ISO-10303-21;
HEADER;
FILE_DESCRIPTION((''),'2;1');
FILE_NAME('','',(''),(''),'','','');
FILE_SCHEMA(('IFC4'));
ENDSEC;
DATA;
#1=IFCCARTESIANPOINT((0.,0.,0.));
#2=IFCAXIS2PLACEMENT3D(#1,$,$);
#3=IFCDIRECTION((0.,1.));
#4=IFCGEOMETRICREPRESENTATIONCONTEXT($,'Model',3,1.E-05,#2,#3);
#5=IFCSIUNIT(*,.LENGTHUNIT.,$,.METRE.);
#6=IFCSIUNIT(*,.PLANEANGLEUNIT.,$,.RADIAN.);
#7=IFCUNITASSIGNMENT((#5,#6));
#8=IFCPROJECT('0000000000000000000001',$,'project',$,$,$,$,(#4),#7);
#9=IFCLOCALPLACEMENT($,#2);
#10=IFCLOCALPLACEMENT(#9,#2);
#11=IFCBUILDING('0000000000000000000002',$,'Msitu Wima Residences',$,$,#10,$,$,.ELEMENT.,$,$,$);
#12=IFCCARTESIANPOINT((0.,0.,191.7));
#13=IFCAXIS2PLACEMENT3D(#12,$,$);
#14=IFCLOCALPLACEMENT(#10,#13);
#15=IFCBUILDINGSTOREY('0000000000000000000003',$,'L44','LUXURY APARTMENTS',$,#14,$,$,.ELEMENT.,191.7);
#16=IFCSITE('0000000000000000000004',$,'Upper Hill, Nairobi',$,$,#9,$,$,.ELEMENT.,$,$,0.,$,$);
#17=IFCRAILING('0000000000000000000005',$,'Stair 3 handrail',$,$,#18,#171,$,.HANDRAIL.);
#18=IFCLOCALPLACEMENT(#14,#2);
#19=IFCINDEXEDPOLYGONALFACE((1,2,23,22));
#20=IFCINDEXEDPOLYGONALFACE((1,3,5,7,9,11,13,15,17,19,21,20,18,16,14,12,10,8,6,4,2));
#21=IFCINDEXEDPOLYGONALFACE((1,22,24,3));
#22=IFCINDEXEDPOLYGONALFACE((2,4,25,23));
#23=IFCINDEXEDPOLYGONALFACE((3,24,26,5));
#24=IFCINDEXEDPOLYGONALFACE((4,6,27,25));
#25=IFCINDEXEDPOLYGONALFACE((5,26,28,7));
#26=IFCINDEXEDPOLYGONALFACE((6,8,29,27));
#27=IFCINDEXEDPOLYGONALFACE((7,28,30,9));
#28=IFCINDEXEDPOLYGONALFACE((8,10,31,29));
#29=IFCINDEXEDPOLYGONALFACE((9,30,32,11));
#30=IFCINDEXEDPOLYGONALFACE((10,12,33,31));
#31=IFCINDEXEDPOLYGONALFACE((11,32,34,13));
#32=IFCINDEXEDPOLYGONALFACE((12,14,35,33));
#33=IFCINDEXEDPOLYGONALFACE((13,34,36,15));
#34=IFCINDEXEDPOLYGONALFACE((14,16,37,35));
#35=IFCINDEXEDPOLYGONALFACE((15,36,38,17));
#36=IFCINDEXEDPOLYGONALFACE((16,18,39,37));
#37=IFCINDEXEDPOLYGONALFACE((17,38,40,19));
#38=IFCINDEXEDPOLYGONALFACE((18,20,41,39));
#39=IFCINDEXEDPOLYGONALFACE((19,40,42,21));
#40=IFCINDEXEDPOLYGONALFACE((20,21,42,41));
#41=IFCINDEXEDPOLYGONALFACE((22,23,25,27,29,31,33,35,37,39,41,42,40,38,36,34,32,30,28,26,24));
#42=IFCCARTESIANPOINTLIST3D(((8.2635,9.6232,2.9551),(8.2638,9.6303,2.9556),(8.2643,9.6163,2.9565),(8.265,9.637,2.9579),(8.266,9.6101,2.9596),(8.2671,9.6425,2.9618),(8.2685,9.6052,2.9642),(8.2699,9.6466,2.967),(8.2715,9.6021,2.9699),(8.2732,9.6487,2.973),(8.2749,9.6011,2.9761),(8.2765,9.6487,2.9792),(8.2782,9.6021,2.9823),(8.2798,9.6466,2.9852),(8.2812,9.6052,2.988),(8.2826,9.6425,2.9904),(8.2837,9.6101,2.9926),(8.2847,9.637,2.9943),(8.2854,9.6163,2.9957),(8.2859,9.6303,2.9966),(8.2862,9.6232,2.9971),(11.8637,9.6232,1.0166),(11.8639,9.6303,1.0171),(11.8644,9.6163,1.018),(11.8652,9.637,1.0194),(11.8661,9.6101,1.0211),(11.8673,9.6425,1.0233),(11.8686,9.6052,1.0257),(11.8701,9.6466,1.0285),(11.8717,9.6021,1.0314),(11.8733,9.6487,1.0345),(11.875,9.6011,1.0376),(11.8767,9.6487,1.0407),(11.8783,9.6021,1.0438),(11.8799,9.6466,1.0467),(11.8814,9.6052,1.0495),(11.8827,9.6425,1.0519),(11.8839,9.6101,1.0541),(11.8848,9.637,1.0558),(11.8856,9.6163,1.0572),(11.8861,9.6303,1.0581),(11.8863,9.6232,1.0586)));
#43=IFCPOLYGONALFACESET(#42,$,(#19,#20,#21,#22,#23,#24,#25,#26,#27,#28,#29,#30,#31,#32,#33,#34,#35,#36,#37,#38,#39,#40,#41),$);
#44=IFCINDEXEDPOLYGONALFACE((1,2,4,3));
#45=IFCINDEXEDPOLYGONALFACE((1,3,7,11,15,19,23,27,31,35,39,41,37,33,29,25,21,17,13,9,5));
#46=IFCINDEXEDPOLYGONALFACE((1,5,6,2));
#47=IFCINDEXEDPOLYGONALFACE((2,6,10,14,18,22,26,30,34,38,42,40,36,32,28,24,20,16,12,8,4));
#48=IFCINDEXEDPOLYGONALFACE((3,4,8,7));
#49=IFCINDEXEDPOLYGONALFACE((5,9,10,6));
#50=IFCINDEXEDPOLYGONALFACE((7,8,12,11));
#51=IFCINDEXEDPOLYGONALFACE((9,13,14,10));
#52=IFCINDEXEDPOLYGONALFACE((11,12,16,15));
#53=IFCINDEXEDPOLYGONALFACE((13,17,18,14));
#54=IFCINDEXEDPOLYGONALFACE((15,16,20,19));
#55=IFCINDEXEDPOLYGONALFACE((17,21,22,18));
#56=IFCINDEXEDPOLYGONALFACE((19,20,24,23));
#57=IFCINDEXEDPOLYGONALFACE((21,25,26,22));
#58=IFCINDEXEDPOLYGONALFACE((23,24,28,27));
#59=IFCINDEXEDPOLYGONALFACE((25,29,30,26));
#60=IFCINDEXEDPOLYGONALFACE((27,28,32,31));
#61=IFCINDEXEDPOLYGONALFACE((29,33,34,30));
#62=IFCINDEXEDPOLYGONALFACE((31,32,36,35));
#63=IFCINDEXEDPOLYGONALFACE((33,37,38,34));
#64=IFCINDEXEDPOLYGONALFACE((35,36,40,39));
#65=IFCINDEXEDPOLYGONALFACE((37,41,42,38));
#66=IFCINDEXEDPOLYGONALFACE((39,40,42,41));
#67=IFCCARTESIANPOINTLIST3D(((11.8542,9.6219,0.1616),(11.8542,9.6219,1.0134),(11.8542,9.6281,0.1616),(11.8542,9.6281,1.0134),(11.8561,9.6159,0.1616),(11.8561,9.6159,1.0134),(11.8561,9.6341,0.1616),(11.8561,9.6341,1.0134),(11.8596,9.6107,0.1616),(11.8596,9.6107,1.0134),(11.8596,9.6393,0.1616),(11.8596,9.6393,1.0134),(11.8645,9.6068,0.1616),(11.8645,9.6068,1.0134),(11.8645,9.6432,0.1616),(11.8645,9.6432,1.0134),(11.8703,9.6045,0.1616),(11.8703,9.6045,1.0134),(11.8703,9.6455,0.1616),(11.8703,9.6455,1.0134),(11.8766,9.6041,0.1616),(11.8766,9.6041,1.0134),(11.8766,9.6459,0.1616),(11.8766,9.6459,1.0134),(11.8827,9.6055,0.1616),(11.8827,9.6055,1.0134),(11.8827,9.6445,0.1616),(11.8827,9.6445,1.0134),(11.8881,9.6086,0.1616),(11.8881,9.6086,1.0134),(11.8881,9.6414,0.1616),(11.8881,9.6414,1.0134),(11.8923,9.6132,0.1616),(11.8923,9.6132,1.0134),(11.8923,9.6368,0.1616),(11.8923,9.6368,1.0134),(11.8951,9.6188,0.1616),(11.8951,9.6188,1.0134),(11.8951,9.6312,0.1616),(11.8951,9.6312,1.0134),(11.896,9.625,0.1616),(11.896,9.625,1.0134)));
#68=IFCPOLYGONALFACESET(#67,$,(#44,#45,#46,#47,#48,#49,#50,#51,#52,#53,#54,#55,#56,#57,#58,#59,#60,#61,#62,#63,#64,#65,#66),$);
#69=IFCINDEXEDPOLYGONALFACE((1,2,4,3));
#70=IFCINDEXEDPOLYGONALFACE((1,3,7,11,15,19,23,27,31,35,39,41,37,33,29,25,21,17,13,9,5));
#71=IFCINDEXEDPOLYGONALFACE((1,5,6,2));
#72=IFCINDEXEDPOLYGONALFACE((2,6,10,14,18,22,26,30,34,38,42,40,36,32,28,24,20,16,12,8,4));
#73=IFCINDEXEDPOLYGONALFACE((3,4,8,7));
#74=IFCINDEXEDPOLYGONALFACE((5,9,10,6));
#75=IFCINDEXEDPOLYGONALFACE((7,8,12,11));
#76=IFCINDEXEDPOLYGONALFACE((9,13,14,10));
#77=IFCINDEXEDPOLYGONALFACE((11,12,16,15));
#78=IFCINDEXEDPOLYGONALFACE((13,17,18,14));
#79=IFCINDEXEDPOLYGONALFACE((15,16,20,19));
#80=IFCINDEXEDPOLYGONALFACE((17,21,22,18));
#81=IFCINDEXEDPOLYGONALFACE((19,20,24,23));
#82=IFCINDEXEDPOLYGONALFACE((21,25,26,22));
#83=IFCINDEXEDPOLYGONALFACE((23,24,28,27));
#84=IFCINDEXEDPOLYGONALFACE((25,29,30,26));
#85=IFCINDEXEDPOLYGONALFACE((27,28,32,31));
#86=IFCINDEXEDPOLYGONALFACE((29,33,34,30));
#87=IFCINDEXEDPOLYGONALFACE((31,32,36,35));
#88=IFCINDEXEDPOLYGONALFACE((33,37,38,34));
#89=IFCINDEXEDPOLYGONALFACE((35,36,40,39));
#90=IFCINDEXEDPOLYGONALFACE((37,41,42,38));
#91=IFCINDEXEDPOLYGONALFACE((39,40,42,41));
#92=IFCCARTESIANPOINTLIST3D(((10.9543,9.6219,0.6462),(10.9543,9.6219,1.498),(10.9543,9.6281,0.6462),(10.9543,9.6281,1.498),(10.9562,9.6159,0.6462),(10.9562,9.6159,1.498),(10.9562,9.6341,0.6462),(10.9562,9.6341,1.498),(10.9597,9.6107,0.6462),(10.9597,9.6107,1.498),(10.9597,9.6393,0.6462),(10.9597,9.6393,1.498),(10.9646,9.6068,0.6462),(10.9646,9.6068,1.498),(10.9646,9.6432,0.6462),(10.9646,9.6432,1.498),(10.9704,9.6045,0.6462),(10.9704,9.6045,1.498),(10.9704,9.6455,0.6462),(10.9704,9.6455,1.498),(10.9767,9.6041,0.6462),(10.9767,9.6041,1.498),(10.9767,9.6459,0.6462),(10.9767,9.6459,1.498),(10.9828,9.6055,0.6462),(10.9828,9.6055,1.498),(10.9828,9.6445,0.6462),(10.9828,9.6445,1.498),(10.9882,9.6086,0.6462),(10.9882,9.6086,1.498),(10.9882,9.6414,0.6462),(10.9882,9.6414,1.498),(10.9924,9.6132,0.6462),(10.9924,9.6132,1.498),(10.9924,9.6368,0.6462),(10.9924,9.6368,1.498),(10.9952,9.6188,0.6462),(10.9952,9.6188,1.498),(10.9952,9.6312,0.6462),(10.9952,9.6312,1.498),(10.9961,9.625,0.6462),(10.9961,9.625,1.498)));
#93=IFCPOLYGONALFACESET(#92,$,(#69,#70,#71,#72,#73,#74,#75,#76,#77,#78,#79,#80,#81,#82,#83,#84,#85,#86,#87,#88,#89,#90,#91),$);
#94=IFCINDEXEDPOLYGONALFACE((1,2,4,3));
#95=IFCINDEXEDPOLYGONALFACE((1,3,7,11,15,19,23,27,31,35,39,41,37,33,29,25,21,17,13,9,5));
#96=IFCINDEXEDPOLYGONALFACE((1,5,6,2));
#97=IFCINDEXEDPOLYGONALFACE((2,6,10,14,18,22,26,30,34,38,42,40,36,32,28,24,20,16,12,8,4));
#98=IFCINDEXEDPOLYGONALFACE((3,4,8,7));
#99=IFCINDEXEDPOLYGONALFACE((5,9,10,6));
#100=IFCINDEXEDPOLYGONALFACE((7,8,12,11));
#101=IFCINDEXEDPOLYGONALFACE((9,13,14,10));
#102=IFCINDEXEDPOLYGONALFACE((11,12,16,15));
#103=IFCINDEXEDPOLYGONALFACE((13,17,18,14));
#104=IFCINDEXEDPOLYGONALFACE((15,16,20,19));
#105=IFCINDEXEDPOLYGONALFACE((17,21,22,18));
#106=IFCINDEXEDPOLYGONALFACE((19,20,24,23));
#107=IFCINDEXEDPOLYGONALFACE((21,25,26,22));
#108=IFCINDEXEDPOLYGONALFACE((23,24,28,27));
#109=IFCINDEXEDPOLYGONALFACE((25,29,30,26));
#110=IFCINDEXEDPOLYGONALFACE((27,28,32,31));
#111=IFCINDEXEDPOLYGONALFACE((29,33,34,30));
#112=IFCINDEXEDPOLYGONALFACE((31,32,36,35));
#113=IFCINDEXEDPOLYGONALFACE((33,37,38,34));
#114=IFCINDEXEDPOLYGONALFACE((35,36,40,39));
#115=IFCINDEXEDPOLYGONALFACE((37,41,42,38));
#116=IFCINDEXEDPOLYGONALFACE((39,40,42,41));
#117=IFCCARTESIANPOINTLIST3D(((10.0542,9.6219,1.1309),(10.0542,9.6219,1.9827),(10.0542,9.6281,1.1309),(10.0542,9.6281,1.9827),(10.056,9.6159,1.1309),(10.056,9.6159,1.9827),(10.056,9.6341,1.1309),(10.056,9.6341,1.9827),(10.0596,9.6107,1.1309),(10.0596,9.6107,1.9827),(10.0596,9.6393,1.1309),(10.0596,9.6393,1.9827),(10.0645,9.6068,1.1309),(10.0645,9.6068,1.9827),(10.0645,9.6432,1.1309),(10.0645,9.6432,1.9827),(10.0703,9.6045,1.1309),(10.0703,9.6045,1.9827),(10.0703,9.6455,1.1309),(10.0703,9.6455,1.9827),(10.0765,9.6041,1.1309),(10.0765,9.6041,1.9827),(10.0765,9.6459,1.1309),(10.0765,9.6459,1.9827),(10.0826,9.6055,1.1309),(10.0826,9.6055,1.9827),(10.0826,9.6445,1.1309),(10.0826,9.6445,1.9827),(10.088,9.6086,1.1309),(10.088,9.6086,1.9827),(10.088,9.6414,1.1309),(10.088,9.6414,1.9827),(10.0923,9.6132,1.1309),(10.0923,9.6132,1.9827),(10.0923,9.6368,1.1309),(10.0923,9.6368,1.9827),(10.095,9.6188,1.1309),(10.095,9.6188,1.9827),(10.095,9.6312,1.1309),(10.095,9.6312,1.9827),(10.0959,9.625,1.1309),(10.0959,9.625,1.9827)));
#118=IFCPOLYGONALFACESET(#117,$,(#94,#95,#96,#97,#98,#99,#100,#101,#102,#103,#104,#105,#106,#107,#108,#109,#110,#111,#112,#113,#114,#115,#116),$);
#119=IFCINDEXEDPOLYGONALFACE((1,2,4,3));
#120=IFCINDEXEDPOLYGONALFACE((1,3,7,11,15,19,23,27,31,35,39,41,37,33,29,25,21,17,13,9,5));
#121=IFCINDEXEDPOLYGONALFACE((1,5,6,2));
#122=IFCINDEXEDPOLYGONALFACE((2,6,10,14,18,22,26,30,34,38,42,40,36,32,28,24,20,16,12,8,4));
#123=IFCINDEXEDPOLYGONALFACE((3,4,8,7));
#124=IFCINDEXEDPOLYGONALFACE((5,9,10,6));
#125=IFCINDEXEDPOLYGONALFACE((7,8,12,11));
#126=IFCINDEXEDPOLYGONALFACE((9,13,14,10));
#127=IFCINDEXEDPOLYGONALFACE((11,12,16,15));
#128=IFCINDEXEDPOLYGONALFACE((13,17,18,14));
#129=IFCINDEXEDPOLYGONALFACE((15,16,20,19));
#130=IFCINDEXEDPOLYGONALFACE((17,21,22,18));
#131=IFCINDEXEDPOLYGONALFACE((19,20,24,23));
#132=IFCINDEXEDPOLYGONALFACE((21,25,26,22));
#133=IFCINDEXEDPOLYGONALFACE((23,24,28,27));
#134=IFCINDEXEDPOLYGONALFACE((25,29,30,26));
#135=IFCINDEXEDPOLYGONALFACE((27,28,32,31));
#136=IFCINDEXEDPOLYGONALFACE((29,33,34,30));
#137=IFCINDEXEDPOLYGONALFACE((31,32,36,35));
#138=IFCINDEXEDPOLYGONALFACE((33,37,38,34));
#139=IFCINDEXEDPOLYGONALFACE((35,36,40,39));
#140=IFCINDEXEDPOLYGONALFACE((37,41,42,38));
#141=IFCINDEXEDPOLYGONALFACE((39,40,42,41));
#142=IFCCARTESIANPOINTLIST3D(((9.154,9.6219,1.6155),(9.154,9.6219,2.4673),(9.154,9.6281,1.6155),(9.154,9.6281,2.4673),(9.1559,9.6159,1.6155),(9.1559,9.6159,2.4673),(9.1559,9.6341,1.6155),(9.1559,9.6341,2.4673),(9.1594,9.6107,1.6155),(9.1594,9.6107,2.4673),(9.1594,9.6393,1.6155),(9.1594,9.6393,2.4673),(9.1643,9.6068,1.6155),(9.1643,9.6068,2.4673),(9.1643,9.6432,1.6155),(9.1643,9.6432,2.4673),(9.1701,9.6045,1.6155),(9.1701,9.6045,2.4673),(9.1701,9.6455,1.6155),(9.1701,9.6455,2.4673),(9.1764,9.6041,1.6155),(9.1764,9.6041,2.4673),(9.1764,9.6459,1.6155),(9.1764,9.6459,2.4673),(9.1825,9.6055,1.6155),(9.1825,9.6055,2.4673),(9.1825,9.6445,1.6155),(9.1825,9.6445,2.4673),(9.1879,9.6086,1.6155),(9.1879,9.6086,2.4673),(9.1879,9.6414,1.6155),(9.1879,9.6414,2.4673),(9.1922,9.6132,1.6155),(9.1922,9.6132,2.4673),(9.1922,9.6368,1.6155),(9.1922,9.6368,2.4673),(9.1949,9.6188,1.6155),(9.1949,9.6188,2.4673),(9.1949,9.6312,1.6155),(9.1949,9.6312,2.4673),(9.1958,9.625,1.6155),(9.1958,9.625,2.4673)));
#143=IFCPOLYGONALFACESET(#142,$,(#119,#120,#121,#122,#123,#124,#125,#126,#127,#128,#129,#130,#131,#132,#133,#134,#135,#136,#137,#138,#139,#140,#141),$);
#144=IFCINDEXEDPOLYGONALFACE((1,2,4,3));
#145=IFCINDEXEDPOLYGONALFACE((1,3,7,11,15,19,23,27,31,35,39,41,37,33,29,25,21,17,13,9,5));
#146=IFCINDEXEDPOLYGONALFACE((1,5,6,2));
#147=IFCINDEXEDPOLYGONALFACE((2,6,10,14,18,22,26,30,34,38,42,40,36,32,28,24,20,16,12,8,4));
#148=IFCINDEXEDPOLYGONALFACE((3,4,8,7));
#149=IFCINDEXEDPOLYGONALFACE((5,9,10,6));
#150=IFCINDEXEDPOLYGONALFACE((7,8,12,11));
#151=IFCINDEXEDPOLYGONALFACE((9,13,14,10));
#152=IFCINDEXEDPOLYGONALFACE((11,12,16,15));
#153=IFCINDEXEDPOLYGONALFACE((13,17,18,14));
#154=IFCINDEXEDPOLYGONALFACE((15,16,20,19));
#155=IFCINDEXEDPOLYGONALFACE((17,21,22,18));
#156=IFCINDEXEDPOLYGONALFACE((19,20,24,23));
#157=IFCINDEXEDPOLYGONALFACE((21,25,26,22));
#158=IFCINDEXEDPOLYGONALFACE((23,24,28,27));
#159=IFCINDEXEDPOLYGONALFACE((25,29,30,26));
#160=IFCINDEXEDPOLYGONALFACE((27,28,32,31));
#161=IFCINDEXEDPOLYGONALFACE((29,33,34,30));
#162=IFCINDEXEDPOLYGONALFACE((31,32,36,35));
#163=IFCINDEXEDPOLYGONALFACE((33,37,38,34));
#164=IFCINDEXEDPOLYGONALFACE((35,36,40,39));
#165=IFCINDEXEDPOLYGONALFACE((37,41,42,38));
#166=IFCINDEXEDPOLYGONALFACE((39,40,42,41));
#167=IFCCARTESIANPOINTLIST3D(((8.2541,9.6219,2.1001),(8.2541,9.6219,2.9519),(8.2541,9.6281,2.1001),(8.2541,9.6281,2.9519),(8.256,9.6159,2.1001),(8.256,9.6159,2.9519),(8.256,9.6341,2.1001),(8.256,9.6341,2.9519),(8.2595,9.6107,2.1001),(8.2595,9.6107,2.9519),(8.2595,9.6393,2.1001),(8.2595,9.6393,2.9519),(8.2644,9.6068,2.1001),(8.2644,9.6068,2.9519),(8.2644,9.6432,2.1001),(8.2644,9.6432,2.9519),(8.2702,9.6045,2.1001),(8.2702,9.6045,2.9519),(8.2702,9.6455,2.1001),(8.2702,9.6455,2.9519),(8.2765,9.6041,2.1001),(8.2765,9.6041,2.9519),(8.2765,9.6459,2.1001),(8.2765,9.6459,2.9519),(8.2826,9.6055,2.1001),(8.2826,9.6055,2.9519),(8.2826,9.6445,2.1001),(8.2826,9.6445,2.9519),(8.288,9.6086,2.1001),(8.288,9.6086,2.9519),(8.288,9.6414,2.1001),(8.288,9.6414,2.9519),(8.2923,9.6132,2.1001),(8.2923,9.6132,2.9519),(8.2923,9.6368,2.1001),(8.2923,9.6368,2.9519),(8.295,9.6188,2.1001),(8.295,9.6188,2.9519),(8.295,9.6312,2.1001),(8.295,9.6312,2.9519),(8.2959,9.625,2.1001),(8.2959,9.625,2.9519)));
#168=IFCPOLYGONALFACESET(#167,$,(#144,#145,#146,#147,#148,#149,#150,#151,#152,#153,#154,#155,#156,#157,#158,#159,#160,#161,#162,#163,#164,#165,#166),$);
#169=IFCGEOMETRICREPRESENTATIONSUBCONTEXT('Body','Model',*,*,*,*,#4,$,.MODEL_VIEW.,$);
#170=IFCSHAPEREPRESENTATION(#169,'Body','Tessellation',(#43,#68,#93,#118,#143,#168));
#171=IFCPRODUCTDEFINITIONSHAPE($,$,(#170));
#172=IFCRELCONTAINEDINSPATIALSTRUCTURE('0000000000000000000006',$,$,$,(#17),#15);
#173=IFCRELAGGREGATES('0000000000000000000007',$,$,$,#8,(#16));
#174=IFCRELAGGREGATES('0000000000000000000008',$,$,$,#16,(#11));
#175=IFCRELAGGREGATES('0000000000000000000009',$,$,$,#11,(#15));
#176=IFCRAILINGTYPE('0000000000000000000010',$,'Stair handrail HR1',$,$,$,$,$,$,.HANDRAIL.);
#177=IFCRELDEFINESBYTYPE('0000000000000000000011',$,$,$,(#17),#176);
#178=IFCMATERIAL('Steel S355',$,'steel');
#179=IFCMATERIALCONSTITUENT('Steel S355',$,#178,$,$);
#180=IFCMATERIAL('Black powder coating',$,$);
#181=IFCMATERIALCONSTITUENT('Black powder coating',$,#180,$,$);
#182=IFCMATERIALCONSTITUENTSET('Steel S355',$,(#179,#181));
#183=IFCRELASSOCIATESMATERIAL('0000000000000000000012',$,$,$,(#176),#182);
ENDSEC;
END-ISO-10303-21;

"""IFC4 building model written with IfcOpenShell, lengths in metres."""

from ifc_helpers import new_model, si_unit, direction, frame, origin, origin_2d, place, context, subcontext, project, spatial, circle, extrude, material, constituent, constituent_set, type_object, element, save


model = new_model("IFC4")

# Units and contexts
model_context = context("Model", 3, precision=1e-05, world=origin(), true_north=direction((0.0, 1.0)))
body_context = subcontext(model_context, "Body", "Model", "MODEL_VIEW")
ifc_project = project(units=[si_unit("LENGTHUNIT", "METRE"), si_unit("PLANEANGLEUNIT", "RADIAN")], contexts=[model_context])

# Site, building, storey
site_placement = place(None, origin())
site = spatial("IfcSite", under=ifc_project, at=site_placement, Name="Upper Hill, Nairobi", CompositionType="ELEMENT", RefElevation=0.0)
building_placement = place(site_placement, origin())
building = spatial("IfcBuilding", under=site, at=building_placement, Name="Msitu Wima Residences", CompositionType="ELEMENT")
storey_placement = place(building_placement, frame((0.0, 0.0, 191.7)))
storey = spatial("IfcBuildingStorey", under=building, at=storey_placement, Name="L44", Description="LUXURY APARTMENTS", CompositionType="ELEMENT", Elevation=191.7)

# Railing
ifc_material_1 = material(Name="Steel S355", Category="steel")
ifc_constituent_1 = constituent(ifc_material_1, Name="Steel S355")
ifc_material_2 = material(Name="Black powder coating")
ifc_constituent_2 = constituent(ifc_material_2, Name="Black powder coating")
ifc_constituent_set = constituent_set(constituents=[ifc_constituent_1, ifc_constituent_2], Name="Steel S355")
railing_type = type_object("IfcRailingType", Name="Stair handrail HR1", PredefinedType="HANDRAIL", material=ifc_constituent_set)
for number, where, name in (
    (1, (11.875, 9.625, 0.1616), "Stair 3 handrail"),
):
    element("IfcRailing", number, at=place(storey_placement, frame(where)), inside=storey, type_object=railing_type, Name=name, PredefinedType="HANDRAIL", context=body_context, shape_type="SweptSolid", body=[
        extrude(circle(Radius=0.0239, at=origin_2d()), frame((0.0, 0.0, 0.876), z_axis=(-0.880475, 0.0, 0.474093), x_axis=(0.0, -1.0, 0.0)), (0.0, 0.0, 1.0), 4.0889),
        extrude(circle(Radius=0.021, at=origin_2d()), origin(), (0.0, 0.0, 1.0), 0.8518),
        extrude(circle(Radius=0.021, at=origin_2d()), frame((-0.8999, 0.0, 0.4846)), (0.0, 0.0, 1.0), 0.8518),
        extrude(circle(Radius=0.021, at=origin_2d()), frame((-1.8, 0.0, 0.9692)), (0.0, 0.0, 1.0), 0.8518),
        extrude(circle(Radius=0.021, at=origin_2d()), frame((-2.7002, 0.0, 1.4539)), (0.0, 0.0, 1.0), 0.8518),
        extrude(circle(Radius=0.021, at=origin_2d()), frame((-3.6001, 0.0, 1.9385)), (0.0, 0.0, 1.0), 0.8518),
    ])

save(model, "model.ifc")
